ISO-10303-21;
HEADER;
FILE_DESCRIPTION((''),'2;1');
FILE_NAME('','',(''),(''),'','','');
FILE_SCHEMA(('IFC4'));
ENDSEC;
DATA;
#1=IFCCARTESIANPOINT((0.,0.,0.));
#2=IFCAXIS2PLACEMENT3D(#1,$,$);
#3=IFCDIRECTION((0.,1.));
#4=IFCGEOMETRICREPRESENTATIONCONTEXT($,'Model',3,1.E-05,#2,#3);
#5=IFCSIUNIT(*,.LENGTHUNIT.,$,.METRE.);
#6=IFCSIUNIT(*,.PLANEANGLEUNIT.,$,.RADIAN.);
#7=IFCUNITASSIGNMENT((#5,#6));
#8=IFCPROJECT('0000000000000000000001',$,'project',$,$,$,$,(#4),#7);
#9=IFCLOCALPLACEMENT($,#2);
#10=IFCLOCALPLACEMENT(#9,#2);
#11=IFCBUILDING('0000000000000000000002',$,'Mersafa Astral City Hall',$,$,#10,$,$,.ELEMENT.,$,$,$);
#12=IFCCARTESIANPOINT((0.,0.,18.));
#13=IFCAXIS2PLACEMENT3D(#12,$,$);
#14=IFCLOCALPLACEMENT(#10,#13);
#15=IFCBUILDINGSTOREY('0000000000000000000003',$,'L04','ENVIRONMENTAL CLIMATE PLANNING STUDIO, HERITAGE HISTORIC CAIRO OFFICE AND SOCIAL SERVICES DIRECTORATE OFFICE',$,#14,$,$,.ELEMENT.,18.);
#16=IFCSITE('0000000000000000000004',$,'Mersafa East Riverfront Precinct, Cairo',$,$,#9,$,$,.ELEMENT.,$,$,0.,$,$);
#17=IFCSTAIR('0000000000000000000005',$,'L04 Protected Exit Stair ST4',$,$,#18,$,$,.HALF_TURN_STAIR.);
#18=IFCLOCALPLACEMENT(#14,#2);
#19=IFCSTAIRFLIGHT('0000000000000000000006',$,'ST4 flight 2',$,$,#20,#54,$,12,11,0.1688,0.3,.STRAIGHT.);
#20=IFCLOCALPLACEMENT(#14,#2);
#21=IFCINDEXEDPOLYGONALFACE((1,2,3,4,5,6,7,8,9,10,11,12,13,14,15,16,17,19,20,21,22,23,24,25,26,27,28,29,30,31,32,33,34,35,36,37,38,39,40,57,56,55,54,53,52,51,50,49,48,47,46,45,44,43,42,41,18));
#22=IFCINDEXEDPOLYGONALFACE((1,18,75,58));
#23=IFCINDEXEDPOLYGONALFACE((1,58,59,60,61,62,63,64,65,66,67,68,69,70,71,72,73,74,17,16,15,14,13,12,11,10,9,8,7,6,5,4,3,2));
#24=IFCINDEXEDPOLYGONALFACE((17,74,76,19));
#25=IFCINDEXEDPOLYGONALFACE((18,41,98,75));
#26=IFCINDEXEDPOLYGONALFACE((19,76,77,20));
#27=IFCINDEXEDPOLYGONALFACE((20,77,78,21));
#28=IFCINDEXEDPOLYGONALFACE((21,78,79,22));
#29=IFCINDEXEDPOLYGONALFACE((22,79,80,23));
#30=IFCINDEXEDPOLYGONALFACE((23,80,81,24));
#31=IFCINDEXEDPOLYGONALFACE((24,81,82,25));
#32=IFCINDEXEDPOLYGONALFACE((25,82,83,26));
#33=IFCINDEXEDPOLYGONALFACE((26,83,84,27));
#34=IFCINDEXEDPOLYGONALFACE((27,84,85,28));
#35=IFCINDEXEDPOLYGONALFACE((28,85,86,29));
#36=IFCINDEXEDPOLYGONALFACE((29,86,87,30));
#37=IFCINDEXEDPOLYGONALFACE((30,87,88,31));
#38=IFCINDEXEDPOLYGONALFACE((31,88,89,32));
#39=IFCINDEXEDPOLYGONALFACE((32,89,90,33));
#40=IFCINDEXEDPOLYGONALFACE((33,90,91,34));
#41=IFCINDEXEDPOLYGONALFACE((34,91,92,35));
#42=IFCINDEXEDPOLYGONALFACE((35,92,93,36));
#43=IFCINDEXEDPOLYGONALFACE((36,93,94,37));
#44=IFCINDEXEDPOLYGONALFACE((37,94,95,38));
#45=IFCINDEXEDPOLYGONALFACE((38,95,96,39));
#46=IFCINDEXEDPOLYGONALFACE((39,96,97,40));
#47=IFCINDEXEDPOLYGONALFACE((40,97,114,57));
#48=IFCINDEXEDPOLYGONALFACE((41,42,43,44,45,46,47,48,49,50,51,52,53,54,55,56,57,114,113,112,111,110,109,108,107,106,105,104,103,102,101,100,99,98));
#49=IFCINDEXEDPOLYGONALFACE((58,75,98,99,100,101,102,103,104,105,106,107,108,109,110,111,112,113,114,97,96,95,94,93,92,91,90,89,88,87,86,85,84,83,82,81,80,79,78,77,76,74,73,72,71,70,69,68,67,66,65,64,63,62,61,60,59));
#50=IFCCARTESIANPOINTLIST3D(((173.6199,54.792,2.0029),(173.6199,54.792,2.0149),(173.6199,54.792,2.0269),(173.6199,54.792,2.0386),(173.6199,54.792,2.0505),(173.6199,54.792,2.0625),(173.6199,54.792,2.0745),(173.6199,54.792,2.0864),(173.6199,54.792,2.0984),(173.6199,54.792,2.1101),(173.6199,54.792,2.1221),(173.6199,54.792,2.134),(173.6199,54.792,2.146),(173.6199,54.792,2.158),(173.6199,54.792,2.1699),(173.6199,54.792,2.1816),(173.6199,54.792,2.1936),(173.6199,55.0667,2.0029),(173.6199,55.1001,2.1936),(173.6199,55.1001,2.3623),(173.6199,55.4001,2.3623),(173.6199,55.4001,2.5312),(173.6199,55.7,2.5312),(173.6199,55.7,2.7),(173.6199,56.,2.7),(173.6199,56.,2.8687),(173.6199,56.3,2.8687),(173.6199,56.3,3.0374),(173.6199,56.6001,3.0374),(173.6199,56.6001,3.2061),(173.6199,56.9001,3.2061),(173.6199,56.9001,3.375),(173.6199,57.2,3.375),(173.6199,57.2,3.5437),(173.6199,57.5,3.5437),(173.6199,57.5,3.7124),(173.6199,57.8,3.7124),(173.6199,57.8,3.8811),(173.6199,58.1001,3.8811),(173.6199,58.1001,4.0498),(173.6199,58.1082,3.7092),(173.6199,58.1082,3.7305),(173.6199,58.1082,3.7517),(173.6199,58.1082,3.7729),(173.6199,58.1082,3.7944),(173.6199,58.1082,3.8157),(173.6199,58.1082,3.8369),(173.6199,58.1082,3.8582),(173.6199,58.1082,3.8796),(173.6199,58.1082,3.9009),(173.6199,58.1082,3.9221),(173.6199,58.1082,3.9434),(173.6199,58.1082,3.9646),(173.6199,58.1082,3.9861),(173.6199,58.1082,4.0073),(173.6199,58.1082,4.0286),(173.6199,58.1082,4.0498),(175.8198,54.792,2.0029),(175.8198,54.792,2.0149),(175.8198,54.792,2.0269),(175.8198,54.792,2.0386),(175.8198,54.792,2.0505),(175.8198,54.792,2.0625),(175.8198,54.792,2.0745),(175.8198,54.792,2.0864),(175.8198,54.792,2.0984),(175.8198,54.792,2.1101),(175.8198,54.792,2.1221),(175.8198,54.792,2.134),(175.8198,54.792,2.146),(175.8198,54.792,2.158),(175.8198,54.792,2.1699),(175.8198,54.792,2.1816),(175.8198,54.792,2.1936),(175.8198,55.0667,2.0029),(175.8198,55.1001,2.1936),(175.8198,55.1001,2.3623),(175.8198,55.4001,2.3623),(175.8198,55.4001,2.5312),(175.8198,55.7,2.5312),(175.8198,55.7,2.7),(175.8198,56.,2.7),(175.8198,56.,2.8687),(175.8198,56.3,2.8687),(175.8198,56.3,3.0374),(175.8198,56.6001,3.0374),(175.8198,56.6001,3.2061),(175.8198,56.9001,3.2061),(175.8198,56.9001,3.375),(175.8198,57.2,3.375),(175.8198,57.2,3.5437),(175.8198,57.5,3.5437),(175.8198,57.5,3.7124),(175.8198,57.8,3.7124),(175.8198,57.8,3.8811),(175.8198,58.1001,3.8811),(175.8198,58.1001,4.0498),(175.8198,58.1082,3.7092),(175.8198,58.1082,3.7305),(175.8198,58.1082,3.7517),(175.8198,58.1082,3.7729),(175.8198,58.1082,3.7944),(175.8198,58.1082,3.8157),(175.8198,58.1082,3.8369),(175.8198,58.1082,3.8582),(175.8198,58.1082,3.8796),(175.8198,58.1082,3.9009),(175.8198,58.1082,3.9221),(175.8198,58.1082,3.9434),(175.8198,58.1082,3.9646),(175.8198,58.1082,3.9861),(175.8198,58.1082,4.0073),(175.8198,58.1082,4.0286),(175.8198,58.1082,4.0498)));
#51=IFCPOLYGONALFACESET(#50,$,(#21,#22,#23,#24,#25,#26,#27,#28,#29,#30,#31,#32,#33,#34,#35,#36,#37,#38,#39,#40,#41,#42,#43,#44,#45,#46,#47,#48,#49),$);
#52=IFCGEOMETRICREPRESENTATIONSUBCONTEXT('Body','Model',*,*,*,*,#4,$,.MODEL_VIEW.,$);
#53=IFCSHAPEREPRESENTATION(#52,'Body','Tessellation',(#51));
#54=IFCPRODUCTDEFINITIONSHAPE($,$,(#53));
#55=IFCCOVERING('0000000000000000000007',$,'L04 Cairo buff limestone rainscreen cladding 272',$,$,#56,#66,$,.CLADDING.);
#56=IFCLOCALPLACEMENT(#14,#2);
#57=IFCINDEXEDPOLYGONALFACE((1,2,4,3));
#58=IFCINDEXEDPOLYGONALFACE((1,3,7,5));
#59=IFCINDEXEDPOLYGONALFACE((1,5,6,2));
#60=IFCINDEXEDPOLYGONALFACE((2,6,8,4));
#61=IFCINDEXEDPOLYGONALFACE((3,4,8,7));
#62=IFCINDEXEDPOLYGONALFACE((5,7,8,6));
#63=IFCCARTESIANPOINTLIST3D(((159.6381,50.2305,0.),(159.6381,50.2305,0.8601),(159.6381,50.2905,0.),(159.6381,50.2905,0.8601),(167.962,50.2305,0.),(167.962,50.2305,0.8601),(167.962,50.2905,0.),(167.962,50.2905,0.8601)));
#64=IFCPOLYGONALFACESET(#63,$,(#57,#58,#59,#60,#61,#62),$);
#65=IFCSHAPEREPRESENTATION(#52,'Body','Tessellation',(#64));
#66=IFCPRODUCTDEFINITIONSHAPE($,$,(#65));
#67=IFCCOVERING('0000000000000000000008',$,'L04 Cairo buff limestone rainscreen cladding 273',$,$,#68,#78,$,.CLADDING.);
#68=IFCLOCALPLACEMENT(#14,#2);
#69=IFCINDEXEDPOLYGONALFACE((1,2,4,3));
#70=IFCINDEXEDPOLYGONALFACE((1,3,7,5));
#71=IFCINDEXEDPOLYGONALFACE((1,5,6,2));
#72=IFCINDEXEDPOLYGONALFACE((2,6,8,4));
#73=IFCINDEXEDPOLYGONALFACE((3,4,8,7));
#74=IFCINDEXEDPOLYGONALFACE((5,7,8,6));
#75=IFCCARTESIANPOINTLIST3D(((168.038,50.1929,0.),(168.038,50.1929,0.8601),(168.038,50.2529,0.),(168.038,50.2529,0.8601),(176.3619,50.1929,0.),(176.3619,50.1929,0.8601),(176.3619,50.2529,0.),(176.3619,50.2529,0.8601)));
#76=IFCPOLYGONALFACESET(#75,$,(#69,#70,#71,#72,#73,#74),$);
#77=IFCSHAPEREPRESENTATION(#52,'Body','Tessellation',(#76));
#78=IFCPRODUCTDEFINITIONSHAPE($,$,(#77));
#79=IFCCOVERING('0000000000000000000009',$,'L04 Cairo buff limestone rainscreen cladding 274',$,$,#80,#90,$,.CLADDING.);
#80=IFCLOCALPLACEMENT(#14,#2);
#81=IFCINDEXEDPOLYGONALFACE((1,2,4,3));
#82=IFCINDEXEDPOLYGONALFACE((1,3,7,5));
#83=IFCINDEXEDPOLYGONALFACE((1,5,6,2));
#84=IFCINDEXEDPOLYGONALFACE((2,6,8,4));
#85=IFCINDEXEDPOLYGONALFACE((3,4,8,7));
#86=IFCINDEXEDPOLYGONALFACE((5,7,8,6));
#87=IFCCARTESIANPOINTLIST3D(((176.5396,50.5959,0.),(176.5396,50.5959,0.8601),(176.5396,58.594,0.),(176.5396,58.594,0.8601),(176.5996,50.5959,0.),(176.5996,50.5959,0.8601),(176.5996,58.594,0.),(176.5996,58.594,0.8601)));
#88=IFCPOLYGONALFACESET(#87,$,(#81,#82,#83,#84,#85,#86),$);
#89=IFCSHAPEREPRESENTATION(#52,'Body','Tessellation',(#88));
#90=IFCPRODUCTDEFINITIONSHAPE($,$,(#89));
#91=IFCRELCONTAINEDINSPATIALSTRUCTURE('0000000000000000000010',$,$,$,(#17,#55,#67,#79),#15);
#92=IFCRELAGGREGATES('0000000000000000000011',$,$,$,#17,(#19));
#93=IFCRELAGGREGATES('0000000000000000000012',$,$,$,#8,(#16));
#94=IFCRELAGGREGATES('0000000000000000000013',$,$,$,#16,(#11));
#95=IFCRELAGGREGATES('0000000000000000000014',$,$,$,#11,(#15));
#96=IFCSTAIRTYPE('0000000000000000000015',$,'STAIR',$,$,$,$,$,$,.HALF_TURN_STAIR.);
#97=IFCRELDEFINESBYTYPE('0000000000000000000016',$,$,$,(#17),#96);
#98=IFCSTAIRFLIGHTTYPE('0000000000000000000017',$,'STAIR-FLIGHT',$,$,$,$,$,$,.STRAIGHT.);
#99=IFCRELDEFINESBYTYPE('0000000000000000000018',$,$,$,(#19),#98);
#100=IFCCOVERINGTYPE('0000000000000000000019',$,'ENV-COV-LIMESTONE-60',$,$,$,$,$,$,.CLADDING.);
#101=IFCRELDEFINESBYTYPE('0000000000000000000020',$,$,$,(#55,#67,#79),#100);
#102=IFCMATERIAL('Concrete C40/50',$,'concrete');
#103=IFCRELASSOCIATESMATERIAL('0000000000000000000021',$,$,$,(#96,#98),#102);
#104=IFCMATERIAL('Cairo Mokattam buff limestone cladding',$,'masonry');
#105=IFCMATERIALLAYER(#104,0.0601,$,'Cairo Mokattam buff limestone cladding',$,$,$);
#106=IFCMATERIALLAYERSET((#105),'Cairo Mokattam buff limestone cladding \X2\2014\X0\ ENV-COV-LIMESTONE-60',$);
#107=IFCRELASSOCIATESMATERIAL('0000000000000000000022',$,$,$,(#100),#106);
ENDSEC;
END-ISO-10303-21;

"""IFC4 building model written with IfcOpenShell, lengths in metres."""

from ifc_helpers import new_model, si_unit, direction, frame, origin, origin_2d, place, context, subcontext, project, spatial, polyline, rectangle, outline, extrude, material, layer, layer_set, type_object, element, aggregate, save


model = new_model("IFC4")

# Units and contexts
model_context = context("Model", 3, precision=1e-05, world=origin(), true_north=direction((0.0, 1.0)))
body_context = subcontext(model_context, "Body", "Model", "MODEL_VIEW")
ifc_project = project(units=[si_unit("LENGTHUNIT", "METRE"), si_unit("PLANEANGLEUNIT", "RADIAN")], contexts=[model_context])

# Site, building, storey
site_placement = place(None, origin())
site = spatial("IfcSite", under=ifc_project, at=site_placement, Name="Mersafa East Riverfront Precinct, Cairo", CompositionType="ELEMENT", RefElevation=0.0)
building_placement = place(site_placement, origin())
building = spatial("IfcBuilding", under=site, at=building_placement, Name="Mersafa Astral City Hall", CompositionType="ELEMENT")
storey_placement = place(building_placement, frame((0.0, 0.0, 18.0)))
storey = spatial("IfcBuildingStorey", under=building, at=storey_placement, Name="L04", Description="ENVIRONMENTAL CLIMATE PLANNING STUDIO, HERITAGE HISTORIC CAIRO OFFICE AND SOCIAL SERVICES DIRECTORATE OFFICE", CompositionType="ELEMENT", Elevation=18.0)

# Shared definitions
ifc_material_1 = material(Name="Concrete C40/50", Category="concrete")

# Stair, stair flight
stair_type = type_object("IfcStairType", Name="STAIR", PredefinedType="HALF_TURN_STAIR", material=ifc_material_1)
stair_placement = place(storey_placement, origin())
stair = element("IfcStair", 1, at=stair_placement, inside=storey, type_object=stair_type, Name="L04 Protected Exit Stair ST4", PredefinedType="HALF_TURN_STAIR")
stair_flight_type = type_object("IfcStairFlightType", Name="STAIR-FLIGHT", PredefinedType="STRAIGHT", material=ifc_material_1)
stair_flight_1_placement = place(storey_placement, frame((174.72, 54.8, 2.0249), z_axis=(0.0, 0.0, 1.0), x_axis=(0.0, 1.0, 0.0)))
stair_flight_1 = element("IfcStairFlight", 2, at=stair_flight_1_placement, type_object=stair_flight_type, Name="ST4 flight 2", NumberOfRisers=12, NumberOfTreads=11, PredefinedType="STRAIGHT", RiserHeight=0.1688, TreadLength=0.3, context=body_context, shape_type="SweptSolid", body=[
    extrude(outline(polyline([(-0.0081, -0.022), (-0.0081, -0.01), (-0.0081, 0.002), (-0.0081, 0.0137), (-0.0081, 0.0256), (-0.0081, 0.0376), (-0.0081, 0.0496), (-0.0081, 0.0615), (-0.0081, 0.0735), (-0.0081, 0.0852), (-0.0081, 0.0972), (-0.0081, 0.1091), (-0.0081, 0.1211), (-0.0081, 0.1331), (-0.0081, 0.145), (-0.0081, 0.1567), (-0.0081, 0.1687), (0.3, 0.1687), (0.3, 0.3374), (0.6001, 0.3374), (0.6001, 0.5063), (0.8999, 0.5063), (0.8999, 0.675), (1.2, 0.675), (1.2, 0.8438), (1.5, 0.8438), (1.5, 1.0125), (1.8, 1.0125), (1.8, 1.1812), (2.1001, 1.1812), (2.1001, 1.3501), (2.3999, 1.3501), (2.3999, 1.5188), (2.7, 1.5188), (2.7, 1.6875), (3.0, 1.6875), (3.0, 1.8562), (3.3, 1.8562), (3.3, 2.0249), (3.3081, 2.0249), (3.3081, 2.0037), (3.3081, 1.9824), (3.3081, 1.9612), (3.3081, 1.9397), (3.3081, 1.9185), (3.3081, 1.8972), (3.3081, 1.876), (3.3081, 1.8547), (3.3081, 1.8333), (3.3081, 1.812), (3.3081, 1.7908), (3.3081, 1.7695), (3.3081, 1.748), (3.3081, 1.7268), (3.3081, 1.7056), (3.3081, 1.6843), (0.2666, -0.022), (-0.0081, -0.022)])), frame((0.0, 1.1001, 0.0), z_axis=(0.0, -1.0, 0.0), x_axis=(1.0, 0.0, 0.0)), (0.0, 0.0, 1.0), 2.2),
])
aggregate(stair, [stair_flight_1])

# Coverings
ifc_material_2 = material(Name="Cairo Mokattam buff limestone cladding", Category="masonry")
ifc_layer_1 = layer(ifc_material_2, 0.0601, Name="Cairo Mokattam buff limestone cladding")
ifc_layer_set_1 = layer_set([ifc_layer_1], Name="Cairo Mokattam buff limestone cladding — ENV-COV-LIMESTONE-60")
covering_type = type_object("IfcCoveringType", Name="ENV-COV-LIMESTONE-60", PredefinedType="CLADDING", material=ifc_layer_set_1)
for number, where, z_axis, x_axis, name in (
    (3, (163.8, 50.2605, 0.0), (0.0, 0.0, 1.0), (1.0, 0.0, 0.0), "L04 Cairo buff limestone rainscreen cladding 272"),
    (4, (172.2, 50.2229, 0.0), (0.0, 0.0, 1.0), (1.0, 0.0, 0.0), "L04 Cairo buff limestone rainscreen cladding 273"),
):
    element("IfcCovering", number, at=place(storey_placement, frame(where, z_axis=z_axis, x_axis=x_axis)), inside=storey, type_object=covering_type, Name=name, PredefinedType="CLADDING", context=body_context, shape_type="SweptSolid", body=[
        extrude(rectangle(XDim=8.324, YDim=0.0601, at=origin_2d()), origin(), (0.0, 0.0, 1.0), 0.8601),
    ])
covering_placement = place(storey_placement, frame((176.5696, 54.595, 0.0), z_axis=(0.0, 0.0, 1.0), x_axis=(0.0, 1.0, 0.0)))
element("IfcCovering", 5, at=covering_placement, inside=storey, type_object=covering_type, Name="L04 Cairo buff limestone rainscreen cladding 274", PredefinedType="CLADDING", context=body_context, shape_type="SweptSolid", body=[
    extrude(rectangle(XDim=7.998, YDim=0.0601, at=origin_2d()), origin(), (0.0, 0.0, 1.0), 0.8601),
])

save(model, "model.ifc")
